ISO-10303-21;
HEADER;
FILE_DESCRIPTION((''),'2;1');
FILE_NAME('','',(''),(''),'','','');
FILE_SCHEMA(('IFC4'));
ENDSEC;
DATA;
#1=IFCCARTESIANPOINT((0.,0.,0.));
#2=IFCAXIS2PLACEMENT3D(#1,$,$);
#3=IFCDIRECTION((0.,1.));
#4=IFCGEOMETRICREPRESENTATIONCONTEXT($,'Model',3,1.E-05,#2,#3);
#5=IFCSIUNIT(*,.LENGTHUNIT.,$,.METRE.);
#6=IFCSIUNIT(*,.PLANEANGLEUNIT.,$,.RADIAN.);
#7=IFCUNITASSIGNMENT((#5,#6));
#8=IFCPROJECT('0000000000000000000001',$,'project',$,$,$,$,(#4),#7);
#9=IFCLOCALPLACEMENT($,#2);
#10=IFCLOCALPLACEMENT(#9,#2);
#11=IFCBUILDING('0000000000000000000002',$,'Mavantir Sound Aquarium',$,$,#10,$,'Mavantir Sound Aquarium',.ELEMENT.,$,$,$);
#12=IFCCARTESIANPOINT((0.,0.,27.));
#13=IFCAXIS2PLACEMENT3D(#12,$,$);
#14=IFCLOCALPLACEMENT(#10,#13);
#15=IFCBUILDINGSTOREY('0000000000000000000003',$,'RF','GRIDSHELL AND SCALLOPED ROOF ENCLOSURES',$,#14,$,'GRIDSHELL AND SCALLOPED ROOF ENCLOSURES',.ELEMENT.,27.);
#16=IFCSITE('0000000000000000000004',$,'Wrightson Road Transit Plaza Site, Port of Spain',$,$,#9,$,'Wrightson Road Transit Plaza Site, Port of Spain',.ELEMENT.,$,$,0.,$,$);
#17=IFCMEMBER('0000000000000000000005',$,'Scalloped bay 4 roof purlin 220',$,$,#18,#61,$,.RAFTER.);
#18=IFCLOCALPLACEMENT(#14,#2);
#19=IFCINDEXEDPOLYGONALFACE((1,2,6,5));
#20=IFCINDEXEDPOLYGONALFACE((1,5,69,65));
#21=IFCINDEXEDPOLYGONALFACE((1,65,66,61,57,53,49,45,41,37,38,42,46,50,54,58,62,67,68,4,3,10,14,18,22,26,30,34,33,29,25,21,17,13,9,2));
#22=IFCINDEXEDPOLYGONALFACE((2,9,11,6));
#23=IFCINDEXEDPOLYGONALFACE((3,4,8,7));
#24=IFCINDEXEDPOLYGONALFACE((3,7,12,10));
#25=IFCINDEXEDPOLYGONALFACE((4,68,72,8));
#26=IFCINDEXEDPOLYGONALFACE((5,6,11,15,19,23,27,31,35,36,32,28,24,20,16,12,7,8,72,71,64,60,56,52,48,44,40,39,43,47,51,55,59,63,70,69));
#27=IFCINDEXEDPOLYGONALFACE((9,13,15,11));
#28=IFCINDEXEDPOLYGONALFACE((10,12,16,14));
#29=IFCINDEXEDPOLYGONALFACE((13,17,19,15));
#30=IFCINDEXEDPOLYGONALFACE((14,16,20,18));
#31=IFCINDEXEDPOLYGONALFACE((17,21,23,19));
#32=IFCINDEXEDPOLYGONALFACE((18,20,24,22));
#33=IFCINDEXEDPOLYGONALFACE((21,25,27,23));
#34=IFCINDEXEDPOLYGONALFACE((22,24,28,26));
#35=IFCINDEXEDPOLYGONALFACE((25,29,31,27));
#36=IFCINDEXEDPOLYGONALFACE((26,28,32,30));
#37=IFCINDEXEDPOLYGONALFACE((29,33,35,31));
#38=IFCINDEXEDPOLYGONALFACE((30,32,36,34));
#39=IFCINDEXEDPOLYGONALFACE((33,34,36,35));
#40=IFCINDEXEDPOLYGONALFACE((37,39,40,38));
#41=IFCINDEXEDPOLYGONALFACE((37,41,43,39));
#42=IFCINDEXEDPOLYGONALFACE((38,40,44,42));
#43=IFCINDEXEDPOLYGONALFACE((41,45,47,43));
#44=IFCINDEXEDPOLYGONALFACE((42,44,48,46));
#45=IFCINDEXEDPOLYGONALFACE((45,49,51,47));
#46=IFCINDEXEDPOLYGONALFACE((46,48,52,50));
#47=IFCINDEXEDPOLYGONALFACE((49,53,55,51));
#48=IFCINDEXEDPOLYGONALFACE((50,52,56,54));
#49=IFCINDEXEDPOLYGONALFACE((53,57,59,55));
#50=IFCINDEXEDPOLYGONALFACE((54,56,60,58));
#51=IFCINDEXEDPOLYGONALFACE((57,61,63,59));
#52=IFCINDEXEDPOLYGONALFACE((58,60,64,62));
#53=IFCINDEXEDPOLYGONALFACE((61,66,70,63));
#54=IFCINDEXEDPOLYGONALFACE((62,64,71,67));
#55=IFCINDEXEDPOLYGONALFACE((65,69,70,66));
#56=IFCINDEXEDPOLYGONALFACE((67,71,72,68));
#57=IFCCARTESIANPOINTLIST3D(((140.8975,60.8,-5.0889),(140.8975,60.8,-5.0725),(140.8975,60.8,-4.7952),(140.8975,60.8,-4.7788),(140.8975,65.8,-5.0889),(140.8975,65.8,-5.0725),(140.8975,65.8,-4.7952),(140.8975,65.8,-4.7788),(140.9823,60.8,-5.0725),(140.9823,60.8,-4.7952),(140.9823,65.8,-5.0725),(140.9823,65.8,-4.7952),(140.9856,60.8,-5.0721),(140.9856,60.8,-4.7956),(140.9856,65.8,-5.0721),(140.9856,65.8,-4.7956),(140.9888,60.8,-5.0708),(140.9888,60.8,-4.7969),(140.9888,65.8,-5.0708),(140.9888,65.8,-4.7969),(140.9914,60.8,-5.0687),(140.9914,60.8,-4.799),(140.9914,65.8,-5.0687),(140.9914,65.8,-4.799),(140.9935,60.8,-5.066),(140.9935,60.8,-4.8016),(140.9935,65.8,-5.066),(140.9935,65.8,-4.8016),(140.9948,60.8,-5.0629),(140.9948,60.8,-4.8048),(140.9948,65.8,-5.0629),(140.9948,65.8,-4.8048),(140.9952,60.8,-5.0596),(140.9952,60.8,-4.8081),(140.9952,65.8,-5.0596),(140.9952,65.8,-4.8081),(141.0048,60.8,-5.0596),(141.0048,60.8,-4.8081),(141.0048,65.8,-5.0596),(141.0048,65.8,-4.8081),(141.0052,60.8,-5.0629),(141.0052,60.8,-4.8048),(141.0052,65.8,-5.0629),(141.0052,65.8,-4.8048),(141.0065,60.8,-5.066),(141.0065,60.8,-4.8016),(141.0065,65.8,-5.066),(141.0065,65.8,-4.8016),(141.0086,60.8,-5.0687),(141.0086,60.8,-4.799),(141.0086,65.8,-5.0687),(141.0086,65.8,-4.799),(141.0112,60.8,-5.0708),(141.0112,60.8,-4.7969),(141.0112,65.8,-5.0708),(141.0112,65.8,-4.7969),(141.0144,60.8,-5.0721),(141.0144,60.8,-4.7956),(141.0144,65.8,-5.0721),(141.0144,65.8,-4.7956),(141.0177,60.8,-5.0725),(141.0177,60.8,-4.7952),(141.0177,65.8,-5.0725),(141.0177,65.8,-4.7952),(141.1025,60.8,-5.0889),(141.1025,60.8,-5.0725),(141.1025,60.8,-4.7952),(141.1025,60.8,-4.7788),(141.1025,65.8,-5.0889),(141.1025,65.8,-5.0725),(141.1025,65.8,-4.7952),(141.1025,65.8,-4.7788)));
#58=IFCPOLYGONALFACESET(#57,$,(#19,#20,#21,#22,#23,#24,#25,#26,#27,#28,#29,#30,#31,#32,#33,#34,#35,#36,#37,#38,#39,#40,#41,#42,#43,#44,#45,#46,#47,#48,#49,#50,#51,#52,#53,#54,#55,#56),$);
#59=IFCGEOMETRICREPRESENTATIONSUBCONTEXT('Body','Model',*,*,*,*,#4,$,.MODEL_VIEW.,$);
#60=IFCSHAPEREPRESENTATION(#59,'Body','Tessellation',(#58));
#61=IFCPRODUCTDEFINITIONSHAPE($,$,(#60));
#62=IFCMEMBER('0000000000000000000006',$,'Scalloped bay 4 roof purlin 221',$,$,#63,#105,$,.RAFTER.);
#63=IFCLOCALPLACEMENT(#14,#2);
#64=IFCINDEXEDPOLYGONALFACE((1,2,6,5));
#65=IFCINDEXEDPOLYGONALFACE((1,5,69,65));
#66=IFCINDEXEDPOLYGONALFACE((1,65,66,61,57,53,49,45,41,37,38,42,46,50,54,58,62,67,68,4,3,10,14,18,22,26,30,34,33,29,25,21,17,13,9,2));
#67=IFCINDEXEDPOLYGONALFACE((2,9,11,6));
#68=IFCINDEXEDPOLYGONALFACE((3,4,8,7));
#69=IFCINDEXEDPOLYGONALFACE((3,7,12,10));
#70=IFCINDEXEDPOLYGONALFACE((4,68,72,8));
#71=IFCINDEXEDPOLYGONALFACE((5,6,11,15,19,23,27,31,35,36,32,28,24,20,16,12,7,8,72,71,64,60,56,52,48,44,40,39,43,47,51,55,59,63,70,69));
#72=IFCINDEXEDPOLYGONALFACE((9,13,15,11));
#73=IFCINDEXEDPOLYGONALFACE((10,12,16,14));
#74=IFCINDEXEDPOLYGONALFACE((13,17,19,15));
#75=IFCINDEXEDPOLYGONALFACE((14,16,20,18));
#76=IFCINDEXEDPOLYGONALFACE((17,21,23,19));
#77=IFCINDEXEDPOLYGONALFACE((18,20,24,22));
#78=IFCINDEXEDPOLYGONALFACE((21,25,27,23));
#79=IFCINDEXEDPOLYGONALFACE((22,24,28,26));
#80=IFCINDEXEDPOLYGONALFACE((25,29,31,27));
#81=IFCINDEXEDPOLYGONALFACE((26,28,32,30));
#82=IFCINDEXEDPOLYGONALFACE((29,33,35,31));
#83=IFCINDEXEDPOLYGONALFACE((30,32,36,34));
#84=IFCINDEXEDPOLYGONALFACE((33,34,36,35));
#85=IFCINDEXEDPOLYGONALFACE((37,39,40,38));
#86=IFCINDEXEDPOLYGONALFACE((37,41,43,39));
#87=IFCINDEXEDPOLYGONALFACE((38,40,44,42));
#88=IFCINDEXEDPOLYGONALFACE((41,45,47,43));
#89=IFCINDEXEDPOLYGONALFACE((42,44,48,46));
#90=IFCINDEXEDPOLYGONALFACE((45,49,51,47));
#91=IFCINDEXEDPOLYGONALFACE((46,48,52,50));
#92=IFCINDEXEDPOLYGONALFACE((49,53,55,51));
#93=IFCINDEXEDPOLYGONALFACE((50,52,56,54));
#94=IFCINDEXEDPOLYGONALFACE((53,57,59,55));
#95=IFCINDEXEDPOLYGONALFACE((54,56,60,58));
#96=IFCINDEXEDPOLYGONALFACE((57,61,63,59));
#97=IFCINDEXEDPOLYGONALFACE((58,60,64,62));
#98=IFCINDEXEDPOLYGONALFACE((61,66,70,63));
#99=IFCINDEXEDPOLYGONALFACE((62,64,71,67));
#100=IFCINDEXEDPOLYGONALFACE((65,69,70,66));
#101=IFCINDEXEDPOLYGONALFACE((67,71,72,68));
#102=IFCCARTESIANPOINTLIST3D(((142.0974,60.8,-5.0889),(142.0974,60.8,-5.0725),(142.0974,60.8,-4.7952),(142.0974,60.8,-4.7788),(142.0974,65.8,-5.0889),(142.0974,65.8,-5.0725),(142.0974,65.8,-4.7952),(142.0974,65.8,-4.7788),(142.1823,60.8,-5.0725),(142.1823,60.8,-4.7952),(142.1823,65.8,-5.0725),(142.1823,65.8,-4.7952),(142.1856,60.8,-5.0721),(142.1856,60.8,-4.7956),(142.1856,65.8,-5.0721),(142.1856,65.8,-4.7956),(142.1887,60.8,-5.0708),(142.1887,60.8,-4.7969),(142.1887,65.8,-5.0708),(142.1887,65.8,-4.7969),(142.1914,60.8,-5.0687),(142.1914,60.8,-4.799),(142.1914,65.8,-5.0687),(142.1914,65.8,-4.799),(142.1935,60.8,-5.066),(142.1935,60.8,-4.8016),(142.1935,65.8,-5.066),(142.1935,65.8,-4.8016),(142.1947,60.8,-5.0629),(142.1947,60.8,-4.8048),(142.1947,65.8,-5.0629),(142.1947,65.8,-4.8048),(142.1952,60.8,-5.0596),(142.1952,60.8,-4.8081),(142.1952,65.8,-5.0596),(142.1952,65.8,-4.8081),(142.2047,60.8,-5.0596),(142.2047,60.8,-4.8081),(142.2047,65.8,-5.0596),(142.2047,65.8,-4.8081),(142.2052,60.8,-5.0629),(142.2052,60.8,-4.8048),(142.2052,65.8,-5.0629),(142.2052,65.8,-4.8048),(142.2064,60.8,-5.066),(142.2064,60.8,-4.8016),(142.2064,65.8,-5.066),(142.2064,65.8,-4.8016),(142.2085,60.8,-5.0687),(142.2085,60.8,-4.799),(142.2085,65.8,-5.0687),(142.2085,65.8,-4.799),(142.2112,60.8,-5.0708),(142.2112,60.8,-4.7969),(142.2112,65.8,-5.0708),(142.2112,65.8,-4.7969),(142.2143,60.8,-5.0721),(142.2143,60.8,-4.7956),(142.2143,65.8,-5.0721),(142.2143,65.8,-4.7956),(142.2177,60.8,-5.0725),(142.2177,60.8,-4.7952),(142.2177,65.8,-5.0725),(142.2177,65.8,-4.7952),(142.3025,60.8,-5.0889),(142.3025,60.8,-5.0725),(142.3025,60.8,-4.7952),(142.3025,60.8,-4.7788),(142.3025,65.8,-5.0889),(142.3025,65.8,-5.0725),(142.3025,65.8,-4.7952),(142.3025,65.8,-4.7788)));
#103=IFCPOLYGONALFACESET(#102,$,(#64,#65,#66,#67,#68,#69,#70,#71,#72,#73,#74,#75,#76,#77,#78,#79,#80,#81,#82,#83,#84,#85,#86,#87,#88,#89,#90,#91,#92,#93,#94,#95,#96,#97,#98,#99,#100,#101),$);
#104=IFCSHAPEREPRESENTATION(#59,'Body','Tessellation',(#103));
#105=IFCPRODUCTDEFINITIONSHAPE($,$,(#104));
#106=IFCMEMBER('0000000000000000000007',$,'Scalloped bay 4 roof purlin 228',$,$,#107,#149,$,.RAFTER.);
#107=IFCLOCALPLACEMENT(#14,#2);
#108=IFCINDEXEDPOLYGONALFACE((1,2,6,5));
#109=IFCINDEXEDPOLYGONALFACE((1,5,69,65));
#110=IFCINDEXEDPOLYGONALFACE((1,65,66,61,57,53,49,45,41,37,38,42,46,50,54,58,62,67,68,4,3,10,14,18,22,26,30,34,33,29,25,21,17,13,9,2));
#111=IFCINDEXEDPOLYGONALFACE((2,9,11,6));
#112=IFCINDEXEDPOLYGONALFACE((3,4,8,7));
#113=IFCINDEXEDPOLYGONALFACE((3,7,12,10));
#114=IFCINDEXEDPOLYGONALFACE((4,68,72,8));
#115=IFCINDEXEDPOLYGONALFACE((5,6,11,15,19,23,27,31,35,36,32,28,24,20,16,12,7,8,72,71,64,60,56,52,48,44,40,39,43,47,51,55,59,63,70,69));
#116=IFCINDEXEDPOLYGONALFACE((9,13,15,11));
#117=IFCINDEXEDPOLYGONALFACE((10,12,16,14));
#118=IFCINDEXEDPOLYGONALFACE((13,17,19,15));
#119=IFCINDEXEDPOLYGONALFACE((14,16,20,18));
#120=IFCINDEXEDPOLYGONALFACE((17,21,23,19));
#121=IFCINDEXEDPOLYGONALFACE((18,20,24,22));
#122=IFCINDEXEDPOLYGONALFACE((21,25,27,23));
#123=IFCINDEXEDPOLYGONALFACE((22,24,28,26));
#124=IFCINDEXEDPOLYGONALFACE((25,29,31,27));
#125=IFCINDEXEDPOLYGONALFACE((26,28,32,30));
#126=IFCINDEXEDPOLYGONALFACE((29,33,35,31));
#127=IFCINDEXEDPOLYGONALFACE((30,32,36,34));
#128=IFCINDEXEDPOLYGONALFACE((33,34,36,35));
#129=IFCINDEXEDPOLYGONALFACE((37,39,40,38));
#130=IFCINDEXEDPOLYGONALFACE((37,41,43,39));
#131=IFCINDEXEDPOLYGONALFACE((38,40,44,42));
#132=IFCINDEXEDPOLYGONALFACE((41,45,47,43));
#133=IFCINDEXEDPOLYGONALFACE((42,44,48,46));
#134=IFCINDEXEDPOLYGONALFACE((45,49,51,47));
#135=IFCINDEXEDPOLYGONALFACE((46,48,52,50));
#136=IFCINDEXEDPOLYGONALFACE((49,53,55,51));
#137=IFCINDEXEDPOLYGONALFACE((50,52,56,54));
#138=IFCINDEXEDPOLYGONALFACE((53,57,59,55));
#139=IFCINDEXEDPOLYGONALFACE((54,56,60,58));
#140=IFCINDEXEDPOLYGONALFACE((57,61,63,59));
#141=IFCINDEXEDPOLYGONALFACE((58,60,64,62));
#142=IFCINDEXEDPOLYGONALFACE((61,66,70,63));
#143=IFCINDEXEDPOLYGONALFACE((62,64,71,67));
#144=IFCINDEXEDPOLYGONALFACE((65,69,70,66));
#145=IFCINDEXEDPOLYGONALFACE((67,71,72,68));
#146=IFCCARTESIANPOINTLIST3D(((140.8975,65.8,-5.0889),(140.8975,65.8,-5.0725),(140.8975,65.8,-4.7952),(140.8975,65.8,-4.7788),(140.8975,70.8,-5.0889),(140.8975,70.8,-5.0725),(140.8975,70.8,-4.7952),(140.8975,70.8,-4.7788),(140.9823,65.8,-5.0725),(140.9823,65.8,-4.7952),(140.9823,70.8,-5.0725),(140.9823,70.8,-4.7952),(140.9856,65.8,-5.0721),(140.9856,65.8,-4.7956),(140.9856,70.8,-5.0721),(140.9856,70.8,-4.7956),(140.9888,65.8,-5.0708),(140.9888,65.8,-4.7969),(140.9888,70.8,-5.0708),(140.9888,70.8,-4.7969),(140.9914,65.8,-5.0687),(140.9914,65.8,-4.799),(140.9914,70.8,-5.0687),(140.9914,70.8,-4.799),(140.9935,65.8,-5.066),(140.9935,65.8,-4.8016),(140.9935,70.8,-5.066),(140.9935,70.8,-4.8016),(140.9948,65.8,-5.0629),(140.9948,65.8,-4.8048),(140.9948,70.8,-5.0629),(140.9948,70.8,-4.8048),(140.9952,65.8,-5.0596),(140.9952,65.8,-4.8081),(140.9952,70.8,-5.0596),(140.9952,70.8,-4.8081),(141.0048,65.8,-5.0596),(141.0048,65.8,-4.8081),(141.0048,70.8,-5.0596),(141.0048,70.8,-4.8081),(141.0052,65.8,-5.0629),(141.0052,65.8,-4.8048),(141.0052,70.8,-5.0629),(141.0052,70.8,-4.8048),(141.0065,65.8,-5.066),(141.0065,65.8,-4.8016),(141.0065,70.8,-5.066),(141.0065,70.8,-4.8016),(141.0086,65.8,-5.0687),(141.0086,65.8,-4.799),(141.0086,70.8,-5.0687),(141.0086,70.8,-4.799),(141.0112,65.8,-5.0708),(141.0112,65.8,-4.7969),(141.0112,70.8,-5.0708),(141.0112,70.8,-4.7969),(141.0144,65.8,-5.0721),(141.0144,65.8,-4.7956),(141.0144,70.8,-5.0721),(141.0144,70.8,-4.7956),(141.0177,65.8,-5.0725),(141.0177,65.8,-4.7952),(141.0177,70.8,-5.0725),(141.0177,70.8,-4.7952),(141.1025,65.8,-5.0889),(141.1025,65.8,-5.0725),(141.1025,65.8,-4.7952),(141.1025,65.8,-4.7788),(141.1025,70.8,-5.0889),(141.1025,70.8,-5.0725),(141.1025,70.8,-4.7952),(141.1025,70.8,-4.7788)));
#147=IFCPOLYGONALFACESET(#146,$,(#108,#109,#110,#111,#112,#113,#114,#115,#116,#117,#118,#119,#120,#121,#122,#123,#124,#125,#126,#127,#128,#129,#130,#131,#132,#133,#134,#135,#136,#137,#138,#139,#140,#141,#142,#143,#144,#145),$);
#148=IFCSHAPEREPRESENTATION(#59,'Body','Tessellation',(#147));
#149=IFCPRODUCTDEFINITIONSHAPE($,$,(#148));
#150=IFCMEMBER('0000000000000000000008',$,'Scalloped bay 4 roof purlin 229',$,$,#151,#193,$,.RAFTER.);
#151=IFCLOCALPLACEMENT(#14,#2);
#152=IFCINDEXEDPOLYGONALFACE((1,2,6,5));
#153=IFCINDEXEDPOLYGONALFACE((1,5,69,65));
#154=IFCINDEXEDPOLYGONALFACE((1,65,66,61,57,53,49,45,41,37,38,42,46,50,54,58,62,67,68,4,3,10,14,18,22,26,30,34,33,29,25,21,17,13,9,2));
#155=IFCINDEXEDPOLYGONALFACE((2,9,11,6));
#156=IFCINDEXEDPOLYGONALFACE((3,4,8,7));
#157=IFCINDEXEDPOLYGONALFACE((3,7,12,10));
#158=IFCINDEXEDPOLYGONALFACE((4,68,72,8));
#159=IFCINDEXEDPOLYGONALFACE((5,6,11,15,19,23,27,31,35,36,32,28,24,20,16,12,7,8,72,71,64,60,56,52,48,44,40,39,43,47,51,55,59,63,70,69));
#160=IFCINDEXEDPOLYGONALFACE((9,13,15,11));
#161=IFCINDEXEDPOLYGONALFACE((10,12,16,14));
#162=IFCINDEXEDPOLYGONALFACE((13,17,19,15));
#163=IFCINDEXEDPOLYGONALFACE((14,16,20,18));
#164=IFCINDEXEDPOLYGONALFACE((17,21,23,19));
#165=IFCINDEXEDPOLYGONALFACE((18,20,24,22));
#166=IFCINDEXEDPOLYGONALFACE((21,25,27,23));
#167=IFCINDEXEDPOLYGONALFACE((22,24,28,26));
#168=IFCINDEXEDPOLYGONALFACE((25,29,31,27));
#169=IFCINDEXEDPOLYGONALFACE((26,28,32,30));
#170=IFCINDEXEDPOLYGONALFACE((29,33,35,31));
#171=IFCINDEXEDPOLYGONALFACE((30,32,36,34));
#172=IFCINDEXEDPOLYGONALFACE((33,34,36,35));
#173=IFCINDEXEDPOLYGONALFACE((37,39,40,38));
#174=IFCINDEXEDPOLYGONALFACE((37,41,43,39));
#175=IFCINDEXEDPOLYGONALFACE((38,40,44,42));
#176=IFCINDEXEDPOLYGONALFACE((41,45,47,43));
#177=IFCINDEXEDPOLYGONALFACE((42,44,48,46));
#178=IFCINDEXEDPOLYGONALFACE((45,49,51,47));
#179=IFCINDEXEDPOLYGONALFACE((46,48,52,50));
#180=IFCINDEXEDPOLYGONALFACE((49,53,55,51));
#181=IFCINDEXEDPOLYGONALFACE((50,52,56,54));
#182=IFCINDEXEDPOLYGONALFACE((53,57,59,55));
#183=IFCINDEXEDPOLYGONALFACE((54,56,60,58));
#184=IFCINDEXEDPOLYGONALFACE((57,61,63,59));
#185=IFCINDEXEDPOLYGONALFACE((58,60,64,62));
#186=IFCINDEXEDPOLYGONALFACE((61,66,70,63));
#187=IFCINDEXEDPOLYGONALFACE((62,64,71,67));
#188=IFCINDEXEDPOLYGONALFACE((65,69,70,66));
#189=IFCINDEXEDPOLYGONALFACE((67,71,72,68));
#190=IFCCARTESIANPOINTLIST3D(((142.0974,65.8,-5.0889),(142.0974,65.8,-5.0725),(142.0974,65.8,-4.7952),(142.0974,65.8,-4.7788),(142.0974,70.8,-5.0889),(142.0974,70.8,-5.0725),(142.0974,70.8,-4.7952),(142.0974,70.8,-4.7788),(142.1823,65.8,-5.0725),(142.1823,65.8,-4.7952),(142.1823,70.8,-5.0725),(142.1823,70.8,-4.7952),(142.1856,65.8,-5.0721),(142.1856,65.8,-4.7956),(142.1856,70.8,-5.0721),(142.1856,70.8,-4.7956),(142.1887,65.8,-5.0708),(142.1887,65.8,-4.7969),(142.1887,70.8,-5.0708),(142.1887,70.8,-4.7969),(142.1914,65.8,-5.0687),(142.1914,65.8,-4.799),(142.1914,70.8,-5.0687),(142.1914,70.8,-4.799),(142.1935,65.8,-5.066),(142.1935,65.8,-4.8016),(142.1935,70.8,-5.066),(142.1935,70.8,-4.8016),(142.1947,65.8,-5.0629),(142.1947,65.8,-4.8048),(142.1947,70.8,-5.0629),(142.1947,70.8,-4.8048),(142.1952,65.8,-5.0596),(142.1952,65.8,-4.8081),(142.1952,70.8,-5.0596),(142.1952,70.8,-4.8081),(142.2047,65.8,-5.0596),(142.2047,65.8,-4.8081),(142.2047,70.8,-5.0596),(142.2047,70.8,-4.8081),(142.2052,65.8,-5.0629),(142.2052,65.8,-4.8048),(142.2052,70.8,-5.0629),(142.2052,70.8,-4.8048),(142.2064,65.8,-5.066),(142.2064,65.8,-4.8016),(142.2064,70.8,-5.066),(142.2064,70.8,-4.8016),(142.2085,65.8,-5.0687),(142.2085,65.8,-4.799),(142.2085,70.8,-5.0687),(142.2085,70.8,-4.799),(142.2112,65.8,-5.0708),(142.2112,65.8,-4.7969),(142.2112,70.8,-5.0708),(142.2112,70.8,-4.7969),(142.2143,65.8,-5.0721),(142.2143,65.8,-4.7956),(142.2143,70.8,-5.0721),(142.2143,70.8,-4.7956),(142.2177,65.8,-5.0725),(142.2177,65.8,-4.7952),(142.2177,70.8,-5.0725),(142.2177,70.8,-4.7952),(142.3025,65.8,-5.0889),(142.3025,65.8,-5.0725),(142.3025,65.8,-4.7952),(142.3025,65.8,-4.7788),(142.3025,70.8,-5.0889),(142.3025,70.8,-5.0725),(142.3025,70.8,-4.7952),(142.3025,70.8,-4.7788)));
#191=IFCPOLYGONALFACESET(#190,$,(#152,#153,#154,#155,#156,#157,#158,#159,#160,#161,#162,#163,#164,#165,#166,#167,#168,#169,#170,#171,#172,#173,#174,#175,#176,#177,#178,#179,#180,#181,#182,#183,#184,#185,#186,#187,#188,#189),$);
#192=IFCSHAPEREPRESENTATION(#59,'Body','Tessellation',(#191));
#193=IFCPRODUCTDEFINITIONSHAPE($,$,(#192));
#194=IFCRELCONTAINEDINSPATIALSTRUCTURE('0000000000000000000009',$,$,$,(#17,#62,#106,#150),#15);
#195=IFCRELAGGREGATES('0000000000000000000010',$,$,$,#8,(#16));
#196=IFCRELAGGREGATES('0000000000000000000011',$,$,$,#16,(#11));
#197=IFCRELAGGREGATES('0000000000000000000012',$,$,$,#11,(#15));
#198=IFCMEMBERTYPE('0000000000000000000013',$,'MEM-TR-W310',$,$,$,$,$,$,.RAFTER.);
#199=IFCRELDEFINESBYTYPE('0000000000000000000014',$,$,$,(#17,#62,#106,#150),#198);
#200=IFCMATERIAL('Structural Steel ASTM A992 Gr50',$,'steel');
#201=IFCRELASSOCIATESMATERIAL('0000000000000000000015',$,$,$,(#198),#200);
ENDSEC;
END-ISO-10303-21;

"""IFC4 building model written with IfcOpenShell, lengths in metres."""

from ifc_helpers import new_model, si_unit, direction, frame, origin, origin_2d, place, context, subcontext, project, spatial, i_section, extrude, material, material_profile, profile_set, type_object, element, save


model = new_model("IFC4")

# Units and contexts
model_context = context("Model", 3, precision=1e-05, world=origin(), true_north=direction((0.0, 1.0)))
body_context = subcontext(model_context, "Body", "Model", "MODEL_VIEW")
ifc_project = project(units=[si_unit("LENGTHUNIT", "METRE"), si_unit("PLANEANGLEUNIT", "RADIAN")], contexts=[model_context])

# Site, building, storey
site_placement = place(None, origin())
site = spatial("IfcSite", under=ifc_project, at=site_placement, Name="Wrightson Road Transit Plaza Site, Port of Spain", LongName="Wrightson Road Transit Plaza Site, Port of Spain", CompositionType="ELEMENT", RefElevation=0.0)
building_placement = place(site_placement, origin())
building = spatial("IfcBuilding", under=site, at=building_placement, Name="Mavantir Sound Aquarium", LongName="Mavantir Sound Aquarium", CompositionType="ELEMENT")
storey_placement = place(building_placement, frame((0.0, 0.0, 27.0)))
storey = spatial("IfcBuildingStorey", under=building, at=storey_placement, Name="RF", Description="GRIDSHELL AND SCALLOPED ROOF ENCLOSURES", LongName="GRIDSHELL AND SCALLOPED ROOF ENCLOSURES", CompositionType="ELEMENT", Elevation=27.0)

# Shared definitions
ifc_material_1 = material(Name="Structural Steel ASTM A992 Gr50", Category="steel")

# Members
ifc_material_profile_1 = material_profile(ifc_material_1, i_section(OverallWidth=0.2051, OverallDepth=0.3101, WebThickness=0.0095, FlangeThickness=0.0164, FilletRadius=0.0129, at=origin_2d()), Name="W310X74")
ifc_profile_set_1 = profile_set([ifc_material_profile_1], Name="Structural Steel ASTM A992 Gr50")
member_type_1 = type_object("IfcMemberType", Name="MEM-TR-W310", PredefinedType="RAFTER", material=ifc_profile_set_1)
for number, where, z_axis, x_axis, name in (
    (1, (141.0, 60.8, -4.9338), (0.0, 1.0, 0.0), (-1.0, 0.0, 0.0), "Scalloped bay 4 roof purlin 220"),
    (2, (142.2, 60.8, -4.9338), (0.0, 1.0, 0.0), (-1.0, 0.0, 0.0), "Scalloped bay 4 roof purlin 221"),
    (3, (141.0, 65.8, -4.9338), (0.0, 1.0, 0.0), (-1.0, 0.0, 0.0), "Scalloped bay 4 roof purlin 228"),
    (4, (142.2, 65.8, -4.9338), (0.0, 1.0, 0.0), (-1.0, 0.0, 0.0), "Scalloped bay 4 roof purlin 229"),
):
    element("IfcMember", number, at=place(storey_placement, frame(where, z_axis=z_axis, x_axis=x_axis)), inside=storey, type_object=member_type_1, Name=name, PredefinedType="RAFTER", context=body_context, shape_type="SweptSolid", body=[
        extrude(i_section(OverallWidth=0.2051, OverallDepth=0.3101, WebThickness=0.0095, FlangeThickness=0.0164, FilletRadius=0.0129, at=origin_2d()), origin(), (0.0, 0.0, 1.0), 5.0),
    ])

save(model, "model.ifc")
